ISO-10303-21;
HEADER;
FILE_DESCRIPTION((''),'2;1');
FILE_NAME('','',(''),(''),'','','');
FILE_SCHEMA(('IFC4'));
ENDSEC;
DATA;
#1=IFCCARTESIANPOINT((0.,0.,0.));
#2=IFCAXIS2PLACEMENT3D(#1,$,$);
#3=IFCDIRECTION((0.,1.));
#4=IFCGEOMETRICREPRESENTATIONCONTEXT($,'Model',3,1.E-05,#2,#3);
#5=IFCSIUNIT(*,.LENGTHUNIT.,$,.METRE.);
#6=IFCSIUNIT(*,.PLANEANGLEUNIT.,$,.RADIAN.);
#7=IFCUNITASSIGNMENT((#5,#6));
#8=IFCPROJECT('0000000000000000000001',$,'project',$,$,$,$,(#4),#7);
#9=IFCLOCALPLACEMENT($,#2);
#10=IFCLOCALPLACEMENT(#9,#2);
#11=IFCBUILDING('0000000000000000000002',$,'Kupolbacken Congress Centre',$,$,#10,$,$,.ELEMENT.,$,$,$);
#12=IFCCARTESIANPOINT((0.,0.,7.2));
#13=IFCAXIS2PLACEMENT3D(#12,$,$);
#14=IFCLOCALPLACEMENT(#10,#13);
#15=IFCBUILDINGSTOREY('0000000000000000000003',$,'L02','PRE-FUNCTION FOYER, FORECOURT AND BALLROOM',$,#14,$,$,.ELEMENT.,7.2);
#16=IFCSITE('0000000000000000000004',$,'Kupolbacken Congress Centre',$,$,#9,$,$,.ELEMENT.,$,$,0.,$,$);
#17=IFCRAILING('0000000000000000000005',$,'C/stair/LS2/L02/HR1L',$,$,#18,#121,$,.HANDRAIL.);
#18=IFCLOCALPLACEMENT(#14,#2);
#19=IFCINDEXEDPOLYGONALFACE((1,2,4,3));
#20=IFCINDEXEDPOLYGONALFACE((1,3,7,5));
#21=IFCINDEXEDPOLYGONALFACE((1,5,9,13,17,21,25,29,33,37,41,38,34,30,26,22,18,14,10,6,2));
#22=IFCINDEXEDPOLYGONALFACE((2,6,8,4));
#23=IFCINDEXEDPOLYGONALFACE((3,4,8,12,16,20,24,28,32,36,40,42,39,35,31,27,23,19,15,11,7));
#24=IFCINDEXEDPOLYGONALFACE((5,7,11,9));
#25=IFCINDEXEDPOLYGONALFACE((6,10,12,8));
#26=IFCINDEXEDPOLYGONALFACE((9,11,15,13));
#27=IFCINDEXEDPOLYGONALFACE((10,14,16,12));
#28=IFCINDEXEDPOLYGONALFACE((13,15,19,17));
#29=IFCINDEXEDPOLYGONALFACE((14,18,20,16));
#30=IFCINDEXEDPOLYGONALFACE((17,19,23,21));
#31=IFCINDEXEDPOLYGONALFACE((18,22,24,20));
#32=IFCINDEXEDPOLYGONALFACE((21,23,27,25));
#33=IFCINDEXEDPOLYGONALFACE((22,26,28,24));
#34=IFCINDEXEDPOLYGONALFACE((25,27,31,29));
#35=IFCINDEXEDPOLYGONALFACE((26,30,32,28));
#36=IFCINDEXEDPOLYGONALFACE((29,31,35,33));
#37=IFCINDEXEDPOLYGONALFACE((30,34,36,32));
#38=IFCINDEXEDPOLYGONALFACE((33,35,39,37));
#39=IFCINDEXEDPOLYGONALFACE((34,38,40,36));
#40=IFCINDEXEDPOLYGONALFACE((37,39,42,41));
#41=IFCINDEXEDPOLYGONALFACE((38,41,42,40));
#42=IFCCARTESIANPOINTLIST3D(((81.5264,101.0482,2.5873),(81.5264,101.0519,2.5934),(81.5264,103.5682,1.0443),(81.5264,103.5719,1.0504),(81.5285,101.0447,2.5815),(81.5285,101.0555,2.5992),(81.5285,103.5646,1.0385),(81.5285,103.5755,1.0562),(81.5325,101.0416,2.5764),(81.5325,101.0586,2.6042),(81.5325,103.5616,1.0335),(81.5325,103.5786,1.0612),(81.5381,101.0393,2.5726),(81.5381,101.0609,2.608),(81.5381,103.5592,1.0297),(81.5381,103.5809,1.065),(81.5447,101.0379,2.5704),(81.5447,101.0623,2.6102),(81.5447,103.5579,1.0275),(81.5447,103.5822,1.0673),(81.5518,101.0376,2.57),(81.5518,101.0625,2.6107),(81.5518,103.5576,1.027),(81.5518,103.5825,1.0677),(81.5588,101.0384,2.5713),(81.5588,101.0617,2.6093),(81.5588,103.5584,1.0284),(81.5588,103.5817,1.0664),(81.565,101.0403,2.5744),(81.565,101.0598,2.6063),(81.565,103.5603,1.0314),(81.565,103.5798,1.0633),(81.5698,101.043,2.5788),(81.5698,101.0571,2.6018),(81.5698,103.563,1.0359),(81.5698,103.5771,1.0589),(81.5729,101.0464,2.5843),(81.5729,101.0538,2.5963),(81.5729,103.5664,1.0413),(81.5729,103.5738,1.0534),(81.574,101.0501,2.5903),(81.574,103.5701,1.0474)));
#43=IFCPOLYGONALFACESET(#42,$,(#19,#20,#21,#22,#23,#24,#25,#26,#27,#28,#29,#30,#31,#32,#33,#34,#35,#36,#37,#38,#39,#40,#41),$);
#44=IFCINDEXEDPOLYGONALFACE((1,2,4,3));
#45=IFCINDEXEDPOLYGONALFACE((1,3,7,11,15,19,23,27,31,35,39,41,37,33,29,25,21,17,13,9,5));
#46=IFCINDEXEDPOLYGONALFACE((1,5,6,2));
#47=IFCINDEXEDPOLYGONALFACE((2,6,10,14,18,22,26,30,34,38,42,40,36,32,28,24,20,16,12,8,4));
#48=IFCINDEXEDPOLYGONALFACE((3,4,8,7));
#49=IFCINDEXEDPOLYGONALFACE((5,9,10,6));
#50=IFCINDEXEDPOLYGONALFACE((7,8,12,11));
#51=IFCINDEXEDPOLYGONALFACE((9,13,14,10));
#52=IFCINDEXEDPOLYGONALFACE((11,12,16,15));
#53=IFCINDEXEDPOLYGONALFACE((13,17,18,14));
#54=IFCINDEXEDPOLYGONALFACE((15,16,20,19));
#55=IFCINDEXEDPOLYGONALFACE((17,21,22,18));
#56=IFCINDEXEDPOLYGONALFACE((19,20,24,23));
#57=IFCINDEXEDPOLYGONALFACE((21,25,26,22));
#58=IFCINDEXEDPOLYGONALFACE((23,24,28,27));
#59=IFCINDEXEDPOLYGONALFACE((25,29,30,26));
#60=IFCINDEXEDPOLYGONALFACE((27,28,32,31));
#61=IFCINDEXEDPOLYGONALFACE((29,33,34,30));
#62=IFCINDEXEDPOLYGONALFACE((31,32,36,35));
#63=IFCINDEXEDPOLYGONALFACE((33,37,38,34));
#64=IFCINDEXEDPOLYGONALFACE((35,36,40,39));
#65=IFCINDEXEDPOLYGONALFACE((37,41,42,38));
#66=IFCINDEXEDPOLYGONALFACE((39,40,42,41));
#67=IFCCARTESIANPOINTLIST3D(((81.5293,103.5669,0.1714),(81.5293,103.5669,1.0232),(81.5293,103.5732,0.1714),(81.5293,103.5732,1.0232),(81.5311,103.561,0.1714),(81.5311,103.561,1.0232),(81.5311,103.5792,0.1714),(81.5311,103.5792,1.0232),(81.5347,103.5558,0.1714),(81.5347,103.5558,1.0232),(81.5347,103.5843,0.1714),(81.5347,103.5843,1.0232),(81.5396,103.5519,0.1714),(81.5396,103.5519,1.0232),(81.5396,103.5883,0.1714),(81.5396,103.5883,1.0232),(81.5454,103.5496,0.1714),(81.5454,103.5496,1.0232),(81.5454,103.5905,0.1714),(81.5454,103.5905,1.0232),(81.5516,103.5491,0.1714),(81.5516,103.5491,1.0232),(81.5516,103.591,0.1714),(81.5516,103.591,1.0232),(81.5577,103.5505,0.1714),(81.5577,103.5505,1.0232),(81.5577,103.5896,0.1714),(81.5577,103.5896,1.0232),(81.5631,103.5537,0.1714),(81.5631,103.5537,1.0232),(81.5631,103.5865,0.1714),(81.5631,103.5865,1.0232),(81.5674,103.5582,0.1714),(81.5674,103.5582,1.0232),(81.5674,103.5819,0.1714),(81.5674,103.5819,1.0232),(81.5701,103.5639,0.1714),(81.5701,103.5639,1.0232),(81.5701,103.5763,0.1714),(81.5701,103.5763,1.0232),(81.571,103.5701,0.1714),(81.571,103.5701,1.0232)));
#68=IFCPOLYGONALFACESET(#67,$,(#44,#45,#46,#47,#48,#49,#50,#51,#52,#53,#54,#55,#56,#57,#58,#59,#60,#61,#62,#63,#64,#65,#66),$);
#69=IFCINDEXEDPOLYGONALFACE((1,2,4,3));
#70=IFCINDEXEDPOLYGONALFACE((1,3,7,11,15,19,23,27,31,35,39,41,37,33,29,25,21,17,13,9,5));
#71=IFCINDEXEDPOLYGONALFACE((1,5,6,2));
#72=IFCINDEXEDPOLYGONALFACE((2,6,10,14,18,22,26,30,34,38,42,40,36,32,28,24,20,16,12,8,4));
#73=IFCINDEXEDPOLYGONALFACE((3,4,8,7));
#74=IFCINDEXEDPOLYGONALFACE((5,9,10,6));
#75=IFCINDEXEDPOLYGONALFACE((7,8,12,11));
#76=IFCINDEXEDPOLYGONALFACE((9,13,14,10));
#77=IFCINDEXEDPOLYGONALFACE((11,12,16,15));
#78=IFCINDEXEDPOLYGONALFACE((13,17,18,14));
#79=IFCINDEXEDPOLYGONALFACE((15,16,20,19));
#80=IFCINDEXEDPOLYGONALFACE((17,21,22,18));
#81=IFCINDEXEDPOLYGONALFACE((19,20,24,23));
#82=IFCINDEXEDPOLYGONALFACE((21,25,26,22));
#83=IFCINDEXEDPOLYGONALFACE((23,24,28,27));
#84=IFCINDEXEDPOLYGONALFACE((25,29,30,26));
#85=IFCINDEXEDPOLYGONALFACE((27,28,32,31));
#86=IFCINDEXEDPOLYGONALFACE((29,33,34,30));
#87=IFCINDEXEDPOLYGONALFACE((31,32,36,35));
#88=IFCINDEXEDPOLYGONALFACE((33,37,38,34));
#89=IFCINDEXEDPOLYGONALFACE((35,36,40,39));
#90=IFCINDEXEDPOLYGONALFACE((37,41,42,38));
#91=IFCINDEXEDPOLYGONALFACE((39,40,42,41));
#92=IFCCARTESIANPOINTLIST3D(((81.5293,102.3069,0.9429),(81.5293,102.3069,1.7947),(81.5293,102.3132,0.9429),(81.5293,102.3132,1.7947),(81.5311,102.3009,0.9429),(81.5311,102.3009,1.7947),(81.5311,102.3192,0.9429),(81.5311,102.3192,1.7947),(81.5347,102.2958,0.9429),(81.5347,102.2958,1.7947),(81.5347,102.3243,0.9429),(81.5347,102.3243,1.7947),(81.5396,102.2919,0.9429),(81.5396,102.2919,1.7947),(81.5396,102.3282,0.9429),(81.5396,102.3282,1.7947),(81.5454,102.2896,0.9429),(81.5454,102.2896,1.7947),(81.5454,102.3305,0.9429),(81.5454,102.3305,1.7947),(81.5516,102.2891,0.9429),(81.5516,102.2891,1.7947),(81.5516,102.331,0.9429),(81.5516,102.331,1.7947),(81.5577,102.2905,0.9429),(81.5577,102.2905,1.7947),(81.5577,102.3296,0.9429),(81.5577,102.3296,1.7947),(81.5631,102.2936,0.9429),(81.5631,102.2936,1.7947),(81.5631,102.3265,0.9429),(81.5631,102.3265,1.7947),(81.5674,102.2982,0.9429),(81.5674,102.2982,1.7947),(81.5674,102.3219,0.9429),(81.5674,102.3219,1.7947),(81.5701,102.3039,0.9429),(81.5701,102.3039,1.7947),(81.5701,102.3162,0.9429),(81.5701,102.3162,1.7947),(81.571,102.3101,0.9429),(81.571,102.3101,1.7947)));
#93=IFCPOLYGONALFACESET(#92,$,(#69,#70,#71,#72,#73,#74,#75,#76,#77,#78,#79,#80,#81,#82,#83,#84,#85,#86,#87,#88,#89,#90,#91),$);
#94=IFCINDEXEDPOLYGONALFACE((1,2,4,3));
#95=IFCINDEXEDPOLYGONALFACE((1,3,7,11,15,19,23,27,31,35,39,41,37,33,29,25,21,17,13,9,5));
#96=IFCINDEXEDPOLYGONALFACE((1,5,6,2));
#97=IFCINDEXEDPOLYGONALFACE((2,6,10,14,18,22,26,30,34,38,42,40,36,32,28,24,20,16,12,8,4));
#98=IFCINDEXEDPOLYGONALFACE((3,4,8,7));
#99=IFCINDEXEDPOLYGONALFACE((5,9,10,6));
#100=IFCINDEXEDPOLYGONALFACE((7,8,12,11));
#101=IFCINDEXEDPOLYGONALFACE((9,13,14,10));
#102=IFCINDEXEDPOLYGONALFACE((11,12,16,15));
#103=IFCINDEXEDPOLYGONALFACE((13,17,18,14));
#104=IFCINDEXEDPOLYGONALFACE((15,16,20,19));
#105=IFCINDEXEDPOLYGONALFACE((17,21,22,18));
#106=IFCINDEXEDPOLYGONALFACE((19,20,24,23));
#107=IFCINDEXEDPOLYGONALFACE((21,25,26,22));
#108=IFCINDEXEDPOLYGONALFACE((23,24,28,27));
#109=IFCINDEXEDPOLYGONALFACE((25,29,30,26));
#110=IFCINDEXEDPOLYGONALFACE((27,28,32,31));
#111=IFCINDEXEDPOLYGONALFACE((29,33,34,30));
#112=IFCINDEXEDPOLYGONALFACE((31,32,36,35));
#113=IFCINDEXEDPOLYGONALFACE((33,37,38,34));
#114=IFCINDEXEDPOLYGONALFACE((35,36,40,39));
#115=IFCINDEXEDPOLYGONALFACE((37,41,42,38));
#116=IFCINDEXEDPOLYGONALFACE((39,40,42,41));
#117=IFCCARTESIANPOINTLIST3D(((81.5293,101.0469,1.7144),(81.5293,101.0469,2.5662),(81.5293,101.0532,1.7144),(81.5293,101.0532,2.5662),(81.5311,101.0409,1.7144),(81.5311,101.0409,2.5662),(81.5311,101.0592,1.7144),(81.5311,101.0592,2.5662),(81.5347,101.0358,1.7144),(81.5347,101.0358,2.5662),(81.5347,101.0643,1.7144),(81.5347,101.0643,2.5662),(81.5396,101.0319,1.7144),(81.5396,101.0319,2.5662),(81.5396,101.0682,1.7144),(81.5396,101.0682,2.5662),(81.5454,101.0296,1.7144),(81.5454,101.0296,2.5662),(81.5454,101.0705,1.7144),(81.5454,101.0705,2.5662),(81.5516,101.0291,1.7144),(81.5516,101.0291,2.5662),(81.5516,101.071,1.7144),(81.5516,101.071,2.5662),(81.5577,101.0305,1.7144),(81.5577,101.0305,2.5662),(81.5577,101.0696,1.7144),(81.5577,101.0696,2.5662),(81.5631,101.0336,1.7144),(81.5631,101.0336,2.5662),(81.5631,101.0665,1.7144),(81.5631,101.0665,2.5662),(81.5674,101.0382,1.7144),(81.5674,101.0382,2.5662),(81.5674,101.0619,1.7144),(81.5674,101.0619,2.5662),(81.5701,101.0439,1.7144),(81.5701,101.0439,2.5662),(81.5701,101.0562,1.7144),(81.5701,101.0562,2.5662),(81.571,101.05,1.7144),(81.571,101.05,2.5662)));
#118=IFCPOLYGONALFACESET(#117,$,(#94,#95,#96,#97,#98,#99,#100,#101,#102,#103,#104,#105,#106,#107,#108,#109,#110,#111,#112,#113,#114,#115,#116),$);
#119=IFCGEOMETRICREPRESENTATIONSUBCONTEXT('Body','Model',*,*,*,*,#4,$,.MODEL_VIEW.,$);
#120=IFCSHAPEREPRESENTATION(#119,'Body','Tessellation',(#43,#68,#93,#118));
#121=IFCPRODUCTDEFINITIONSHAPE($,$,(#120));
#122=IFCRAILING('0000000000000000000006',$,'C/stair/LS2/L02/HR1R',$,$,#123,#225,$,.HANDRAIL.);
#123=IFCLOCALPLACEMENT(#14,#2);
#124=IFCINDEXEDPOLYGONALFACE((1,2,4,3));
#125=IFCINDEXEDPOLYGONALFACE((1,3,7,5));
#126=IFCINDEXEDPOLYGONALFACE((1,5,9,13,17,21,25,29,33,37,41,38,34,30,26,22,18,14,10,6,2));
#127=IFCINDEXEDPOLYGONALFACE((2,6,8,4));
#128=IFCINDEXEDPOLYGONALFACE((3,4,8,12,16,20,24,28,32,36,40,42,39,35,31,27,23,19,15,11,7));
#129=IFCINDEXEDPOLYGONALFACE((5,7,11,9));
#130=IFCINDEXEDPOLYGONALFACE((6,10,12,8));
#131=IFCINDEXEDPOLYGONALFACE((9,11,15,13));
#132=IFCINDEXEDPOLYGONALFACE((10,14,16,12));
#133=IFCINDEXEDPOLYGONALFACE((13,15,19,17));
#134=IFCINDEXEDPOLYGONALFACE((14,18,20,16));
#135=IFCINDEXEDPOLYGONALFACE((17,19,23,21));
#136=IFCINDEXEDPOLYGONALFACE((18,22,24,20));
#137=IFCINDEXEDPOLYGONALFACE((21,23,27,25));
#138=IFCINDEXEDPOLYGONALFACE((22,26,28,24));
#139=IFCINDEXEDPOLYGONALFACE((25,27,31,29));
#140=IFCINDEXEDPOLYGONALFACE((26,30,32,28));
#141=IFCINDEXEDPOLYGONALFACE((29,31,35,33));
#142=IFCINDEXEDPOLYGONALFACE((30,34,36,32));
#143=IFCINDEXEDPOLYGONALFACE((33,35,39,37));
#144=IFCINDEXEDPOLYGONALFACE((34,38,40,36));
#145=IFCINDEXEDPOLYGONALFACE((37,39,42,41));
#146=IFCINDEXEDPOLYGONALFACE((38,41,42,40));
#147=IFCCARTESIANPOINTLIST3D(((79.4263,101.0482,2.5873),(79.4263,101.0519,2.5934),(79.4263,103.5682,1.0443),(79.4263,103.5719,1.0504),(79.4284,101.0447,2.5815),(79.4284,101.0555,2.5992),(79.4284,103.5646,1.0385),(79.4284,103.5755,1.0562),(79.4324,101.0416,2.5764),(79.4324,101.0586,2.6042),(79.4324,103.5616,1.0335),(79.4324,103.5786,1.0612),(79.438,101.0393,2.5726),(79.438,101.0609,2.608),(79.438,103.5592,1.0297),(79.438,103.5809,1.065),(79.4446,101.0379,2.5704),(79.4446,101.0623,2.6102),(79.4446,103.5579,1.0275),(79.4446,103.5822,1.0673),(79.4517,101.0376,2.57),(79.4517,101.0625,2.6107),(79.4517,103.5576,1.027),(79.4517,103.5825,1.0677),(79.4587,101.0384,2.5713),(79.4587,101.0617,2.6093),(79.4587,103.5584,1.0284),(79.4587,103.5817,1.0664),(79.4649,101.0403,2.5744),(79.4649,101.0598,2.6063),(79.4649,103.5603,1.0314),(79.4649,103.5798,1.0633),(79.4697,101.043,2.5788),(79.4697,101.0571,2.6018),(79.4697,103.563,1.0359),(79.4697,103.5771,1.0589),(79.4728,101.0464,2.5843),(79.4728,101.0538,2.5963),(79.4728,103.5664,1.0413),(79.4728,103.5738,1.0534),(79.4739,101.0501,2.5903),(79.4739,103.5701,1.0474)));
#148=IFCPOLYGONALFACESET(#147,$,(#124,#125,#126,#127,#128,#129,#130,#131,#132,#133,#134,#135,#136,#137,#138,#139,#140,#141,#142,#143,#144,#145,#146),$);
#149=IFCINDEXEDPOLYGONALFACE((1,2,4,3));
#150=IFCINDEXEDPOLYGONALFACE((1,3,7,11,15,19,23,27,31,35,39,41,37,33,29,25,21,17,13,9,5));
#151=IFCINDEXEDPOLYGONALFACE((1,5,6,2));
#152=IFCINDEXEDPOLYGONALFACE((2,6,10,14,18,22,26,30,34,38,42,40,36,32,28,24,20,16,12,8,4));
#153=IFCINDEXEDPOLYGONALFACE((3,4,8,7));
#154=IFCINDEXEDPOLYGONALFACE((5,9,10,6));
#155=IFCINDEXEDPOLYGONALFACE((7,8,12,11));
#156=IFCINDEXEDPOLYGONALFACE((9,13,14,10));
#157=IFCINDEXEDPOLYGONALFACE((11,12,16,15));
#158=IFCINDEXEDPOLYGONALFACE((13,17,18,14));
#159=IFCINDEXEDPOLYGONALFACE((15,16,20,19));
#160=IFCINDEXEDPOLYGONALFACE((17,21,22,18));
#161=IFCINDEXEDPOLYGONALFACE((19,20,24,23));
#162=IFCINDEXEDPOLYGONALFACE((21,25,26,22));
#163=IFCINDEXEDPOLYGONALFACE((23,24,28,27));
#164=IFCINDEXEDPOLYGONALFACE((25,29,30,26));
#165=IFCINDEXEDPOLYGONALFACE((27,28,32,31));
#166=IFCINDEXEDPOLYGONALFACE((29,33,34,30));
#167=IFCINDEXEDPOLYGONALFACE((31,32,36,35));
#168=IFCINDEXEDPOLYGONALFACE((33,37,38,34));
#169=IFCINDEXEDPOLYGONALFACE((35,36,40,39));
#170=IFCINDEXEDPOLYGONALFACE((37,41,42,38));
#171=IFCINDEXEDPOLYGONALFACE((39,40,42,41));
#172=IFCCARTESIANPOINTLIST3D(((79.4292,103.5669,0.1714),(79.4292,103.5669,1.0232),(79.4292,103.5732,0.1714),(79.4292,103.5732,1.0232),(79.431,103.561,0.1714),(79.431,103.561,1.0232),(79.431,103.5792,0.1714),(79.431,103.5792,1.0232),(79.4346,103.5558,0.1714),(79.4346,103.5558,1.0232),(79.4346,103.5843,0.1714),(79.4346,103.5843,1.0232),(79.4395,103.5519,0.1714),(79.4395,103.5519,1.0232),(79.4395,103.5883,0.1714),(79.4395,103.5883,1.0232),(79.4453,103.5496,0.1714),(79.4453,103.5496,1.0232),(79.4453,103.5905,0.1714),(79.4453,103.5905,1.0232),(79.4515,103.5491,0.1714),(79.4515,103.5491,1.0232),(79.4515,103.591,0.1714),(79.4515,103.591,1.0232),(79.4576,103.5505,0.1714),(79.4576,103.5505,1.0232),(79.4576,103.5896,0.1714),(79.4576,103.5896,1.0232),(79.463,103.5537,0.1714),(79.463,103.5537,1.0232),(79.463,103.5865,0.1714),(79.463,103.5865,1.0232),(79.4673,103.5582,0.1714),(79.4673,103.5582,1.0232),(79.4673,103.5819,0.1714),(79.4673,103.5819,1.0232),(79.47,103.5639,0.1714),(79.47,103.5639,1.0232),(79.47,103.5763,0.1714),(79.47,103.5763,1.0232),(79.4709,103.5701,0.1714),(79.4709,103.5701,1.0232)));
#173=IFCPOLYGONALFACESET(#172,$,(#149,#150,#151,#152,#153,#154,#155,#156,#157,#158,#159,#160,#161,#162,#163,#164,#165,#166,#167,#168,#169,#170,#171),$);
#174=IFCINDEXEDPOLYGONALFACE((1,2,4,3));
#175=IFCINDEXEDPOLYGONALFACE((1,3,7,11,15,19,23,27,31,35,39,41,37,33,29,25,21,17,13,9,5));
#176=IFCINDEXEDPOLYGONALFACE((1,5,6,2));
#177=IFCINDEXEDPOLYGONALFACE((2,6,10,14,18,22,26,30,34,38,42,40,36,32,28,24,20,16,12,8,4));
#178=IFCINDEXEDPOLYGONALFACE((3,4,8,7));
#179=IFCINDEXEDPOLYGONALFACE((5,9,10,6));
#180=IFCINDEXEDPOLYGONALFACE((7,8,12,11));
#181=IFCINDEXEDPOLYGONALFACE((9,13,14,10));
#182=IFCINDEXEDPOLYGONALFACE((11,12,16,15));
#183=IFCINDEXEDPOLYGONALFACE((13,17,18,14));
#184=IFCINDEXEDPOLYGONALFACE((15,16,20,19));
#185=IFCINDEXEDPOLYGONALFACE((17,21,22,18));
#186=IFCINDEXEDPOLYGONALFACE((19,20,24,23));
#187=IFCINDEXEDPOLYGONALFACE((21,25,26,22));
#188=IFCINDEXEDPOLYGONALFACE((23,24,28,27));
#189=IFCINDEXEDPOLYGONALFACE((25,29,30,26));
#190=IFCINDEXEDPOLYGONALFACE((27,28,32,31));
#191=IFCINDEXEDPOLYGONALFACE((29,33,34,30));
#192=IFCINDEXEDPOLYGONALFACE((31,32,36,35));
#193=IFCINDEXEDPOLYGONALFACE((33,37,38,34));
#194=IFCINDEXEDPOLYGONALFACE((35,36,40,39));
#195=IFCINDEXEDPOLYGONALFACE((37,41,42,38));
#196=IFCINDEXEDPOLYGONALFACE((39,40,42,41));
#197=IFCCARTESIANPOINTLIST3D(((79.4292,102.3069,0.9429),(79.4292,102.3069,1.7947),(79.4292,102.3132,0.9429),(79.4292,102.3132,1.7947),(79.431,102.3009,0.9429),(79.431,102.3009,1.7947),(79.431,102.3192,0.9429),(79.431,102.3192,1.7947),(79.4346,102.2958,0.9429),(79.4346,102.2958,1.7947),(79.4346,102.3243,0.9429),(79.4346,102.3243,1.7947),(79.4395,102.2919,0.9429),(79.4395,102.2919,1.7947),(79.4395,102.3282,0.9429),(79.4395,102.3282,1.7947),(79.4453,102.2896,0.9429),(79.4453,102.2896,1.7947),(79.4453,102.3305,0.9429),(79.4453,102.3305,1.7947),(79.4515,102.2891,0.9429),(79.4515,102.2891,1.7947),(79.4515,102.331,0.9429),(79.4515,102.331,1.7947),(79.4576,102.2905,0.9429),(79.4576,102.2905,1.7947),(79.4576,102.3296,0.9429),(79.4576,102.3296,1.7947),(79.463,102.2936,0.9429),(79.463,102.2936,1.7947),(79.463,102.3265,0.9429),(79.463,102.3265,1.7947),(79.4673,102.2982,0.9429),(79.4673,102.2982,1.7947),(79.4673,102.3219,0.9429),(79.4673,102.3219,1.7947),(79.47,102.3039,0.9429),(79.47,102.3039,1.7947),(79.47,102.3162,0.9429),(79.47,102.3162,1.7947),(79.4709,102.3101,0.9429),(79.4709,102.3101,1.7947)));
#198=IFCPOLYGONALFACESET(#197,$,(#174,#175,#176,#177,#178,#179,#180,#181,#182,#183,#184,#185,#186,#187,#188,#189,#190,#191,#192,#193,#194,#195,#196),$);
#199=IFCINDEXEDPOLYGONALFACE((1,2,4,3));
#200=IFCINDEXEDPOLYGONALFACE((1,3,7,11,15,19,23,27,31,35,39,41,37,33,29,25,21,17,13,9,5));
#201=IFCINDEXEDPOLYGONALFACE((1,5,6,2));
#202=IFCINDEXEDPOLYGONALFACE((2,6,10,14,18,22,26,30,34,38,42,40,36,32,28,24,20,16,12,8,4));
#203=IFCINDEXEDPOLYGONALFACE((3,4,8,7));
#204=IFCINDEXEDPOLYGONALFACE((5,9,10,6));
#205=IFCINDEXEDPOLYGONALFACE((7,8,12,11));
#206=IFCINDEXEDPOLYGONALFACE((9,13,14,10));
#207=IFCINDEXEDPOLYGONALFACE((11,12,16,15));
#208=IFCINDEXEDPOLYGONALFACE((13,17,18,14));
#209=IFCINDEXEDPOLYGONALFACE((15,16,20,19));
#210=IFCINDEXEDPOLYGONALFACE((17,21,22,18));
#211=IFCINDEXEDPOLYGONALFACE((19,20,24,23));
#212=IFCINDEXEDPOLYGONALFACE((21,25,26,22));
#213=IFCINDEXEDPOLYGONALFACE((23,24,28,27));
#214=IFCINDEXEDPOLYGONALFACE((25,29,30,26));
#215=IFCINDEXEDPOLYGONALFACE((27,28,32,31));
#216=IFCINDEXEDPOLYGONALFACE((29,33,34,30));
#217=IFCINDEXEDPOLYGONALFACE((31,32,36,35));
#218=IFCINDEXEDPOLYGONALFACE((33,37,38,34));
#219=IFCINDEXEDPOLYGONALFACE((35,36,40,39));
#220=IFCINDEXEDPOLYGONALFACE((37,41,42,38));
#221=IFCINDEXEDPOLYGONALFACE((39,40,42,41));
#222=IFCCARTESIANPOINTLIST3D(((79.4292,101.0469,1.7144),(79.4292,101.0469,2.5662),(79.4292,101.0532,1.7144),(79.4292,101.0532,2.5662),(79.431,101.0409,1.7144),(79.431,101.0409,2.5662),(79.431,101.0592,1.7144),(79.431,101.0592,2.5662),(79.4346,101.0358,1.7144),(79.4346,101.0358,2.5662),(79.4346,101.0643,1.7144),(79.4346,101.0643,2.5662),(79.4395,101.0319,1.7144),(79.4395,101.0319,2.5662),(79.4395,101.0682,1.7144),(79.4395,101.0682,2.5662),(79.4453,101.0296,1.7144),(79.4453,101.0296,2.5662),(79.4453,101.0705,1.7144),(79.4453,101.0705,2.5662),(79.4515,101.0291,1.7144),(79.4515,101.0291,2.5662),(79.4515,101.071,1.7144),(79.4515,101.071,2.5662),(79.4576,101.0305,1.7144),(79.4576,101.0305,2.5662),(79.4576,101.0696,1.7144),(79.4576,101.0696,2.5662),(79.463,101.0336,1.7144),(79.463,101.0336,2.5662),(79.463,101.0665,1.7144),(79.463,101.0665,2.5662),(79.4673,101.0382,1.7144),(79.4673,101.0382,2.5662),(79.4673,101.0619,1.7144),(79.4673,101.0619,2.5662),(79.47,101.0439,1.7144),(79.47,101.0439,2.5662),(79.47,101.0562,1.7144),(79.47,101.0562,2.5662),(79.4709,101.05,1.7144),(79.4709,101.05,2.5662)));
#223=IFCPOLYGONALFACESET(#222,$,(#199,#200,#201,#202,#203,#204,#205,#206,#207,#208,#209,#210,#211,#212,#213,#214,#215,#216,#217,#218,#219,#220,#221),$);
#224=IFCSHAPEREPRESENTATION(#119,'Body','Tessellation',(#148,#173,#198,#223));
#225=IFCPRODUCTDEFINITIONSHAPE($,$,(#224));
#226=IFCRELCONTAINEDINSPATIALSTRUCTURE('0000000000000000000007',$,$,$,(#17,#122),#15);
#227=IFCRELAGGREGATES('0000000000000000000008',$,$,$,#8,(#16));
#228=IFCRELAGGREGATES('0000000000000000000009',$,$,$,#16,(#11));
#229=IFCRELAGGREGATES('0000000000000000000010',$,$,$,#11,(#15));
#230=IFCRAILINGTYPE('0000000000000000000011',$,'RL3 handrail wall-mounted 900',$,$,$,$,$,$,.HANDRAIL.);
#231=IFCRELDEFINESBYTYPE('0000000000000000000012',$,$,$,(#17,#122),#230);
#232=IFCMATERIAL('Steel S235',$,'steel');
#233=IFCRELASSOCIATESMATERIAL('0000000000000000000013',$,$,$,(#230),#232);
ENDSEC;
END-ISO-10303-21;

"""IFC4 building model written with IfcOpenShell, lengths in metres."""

from ifc_helpers import new_model, si_unit, direction, frame, origin, origin_2d, place, context, subcontext, project, spatial, circle, extrude, material, type_object, element, save


model = new_model("IFC4")

# Units and contexts
model_context = context("Model", 3, precision=1e-05, world=origin(), true_north=direction((0.0, 1.0)))
body_context = subcontext(model_context, "Body", "Model", "MODEL_VIEW")
ifc_project = project(units=[si_unit("LENGTHUNIT", "METRE"), si_unit("PLANEANGLEUNIT", "RADIAN")], contexts=[model_context])

# Site, building, storey
site_placement = place(None, origin())
site = spatial("IfcSite", under=ifc_project, at=site_placement, Name="Kupolbacken Congress Centre", CompositionType="ELEMENT", RefElevation=0.0)
building_placement = place(site_placement, origin())
building = spatial("IfcBuilding", under=site, at=building_placement, Name="Kupolbacken Congress Centre", CompositionType="ELEMENT")
storey_placement = place(building_placement, frame((0.0, 0.0, 7.2)))
storey = spatial("IfcBuildingStorey", under=building, at=storey_placement, Name="L02", Description="PRE-FUNCTION FOYER, FORECOURT AND BALLROOM", CompositionType="ELEMENT", Elevation=7.2)

# Railings
ifc_material_1 = material(Name="Steel S235", Category="steel")
railing_type = type_object("IfcRailingType", Name="RL3 handrail wall-mounted 900", PredefinedType="HANDRAIL", material=ifc_material_1)
for number, where, name in (
    (1, (81.55, 103.5701, 0.1714), "C/stair/LS2/L02/HR1L"),
    (2, (79.45, 103.5701, 0.1714), "C/stair/LS2/L02/HR1R"),
):
    element("IfcRailing", number, at=place(storey_placement, frame(where)), inside=storey, type_object=railing_type, Name=name, PredefinedType="HANDRAIL", context=body_context, shape_type="SweptSolid", body=[
        extrude(circle(Radius=0.0239, at=origin_2d()), frame((0.0, 0.0, 0.876), z_axis=(0.0, -0.852836, 0.522178), x_axis=(1.0, 0.0, 0.0)), (0.0, 0.0, 1.0), 2.9548),
        extrude(circle(Radius=0.021, at=origin_2d()), origin(), (0.0, 0.0, 1.0), 0.8518),
        extrude(circle(Radius=0.021, at=origin_2d()), frame((0.0, -1.26, 0.7715)), (0.0, 0.0, 1.0), 0.8518),
        extrude(circle(Radius=0.021, at=origin_2d()), frame((0.0, -2.52, 1.543)), (0.0, 0.0, 1.0), 0.8518),
    ])

save(model, "model.ifc")
